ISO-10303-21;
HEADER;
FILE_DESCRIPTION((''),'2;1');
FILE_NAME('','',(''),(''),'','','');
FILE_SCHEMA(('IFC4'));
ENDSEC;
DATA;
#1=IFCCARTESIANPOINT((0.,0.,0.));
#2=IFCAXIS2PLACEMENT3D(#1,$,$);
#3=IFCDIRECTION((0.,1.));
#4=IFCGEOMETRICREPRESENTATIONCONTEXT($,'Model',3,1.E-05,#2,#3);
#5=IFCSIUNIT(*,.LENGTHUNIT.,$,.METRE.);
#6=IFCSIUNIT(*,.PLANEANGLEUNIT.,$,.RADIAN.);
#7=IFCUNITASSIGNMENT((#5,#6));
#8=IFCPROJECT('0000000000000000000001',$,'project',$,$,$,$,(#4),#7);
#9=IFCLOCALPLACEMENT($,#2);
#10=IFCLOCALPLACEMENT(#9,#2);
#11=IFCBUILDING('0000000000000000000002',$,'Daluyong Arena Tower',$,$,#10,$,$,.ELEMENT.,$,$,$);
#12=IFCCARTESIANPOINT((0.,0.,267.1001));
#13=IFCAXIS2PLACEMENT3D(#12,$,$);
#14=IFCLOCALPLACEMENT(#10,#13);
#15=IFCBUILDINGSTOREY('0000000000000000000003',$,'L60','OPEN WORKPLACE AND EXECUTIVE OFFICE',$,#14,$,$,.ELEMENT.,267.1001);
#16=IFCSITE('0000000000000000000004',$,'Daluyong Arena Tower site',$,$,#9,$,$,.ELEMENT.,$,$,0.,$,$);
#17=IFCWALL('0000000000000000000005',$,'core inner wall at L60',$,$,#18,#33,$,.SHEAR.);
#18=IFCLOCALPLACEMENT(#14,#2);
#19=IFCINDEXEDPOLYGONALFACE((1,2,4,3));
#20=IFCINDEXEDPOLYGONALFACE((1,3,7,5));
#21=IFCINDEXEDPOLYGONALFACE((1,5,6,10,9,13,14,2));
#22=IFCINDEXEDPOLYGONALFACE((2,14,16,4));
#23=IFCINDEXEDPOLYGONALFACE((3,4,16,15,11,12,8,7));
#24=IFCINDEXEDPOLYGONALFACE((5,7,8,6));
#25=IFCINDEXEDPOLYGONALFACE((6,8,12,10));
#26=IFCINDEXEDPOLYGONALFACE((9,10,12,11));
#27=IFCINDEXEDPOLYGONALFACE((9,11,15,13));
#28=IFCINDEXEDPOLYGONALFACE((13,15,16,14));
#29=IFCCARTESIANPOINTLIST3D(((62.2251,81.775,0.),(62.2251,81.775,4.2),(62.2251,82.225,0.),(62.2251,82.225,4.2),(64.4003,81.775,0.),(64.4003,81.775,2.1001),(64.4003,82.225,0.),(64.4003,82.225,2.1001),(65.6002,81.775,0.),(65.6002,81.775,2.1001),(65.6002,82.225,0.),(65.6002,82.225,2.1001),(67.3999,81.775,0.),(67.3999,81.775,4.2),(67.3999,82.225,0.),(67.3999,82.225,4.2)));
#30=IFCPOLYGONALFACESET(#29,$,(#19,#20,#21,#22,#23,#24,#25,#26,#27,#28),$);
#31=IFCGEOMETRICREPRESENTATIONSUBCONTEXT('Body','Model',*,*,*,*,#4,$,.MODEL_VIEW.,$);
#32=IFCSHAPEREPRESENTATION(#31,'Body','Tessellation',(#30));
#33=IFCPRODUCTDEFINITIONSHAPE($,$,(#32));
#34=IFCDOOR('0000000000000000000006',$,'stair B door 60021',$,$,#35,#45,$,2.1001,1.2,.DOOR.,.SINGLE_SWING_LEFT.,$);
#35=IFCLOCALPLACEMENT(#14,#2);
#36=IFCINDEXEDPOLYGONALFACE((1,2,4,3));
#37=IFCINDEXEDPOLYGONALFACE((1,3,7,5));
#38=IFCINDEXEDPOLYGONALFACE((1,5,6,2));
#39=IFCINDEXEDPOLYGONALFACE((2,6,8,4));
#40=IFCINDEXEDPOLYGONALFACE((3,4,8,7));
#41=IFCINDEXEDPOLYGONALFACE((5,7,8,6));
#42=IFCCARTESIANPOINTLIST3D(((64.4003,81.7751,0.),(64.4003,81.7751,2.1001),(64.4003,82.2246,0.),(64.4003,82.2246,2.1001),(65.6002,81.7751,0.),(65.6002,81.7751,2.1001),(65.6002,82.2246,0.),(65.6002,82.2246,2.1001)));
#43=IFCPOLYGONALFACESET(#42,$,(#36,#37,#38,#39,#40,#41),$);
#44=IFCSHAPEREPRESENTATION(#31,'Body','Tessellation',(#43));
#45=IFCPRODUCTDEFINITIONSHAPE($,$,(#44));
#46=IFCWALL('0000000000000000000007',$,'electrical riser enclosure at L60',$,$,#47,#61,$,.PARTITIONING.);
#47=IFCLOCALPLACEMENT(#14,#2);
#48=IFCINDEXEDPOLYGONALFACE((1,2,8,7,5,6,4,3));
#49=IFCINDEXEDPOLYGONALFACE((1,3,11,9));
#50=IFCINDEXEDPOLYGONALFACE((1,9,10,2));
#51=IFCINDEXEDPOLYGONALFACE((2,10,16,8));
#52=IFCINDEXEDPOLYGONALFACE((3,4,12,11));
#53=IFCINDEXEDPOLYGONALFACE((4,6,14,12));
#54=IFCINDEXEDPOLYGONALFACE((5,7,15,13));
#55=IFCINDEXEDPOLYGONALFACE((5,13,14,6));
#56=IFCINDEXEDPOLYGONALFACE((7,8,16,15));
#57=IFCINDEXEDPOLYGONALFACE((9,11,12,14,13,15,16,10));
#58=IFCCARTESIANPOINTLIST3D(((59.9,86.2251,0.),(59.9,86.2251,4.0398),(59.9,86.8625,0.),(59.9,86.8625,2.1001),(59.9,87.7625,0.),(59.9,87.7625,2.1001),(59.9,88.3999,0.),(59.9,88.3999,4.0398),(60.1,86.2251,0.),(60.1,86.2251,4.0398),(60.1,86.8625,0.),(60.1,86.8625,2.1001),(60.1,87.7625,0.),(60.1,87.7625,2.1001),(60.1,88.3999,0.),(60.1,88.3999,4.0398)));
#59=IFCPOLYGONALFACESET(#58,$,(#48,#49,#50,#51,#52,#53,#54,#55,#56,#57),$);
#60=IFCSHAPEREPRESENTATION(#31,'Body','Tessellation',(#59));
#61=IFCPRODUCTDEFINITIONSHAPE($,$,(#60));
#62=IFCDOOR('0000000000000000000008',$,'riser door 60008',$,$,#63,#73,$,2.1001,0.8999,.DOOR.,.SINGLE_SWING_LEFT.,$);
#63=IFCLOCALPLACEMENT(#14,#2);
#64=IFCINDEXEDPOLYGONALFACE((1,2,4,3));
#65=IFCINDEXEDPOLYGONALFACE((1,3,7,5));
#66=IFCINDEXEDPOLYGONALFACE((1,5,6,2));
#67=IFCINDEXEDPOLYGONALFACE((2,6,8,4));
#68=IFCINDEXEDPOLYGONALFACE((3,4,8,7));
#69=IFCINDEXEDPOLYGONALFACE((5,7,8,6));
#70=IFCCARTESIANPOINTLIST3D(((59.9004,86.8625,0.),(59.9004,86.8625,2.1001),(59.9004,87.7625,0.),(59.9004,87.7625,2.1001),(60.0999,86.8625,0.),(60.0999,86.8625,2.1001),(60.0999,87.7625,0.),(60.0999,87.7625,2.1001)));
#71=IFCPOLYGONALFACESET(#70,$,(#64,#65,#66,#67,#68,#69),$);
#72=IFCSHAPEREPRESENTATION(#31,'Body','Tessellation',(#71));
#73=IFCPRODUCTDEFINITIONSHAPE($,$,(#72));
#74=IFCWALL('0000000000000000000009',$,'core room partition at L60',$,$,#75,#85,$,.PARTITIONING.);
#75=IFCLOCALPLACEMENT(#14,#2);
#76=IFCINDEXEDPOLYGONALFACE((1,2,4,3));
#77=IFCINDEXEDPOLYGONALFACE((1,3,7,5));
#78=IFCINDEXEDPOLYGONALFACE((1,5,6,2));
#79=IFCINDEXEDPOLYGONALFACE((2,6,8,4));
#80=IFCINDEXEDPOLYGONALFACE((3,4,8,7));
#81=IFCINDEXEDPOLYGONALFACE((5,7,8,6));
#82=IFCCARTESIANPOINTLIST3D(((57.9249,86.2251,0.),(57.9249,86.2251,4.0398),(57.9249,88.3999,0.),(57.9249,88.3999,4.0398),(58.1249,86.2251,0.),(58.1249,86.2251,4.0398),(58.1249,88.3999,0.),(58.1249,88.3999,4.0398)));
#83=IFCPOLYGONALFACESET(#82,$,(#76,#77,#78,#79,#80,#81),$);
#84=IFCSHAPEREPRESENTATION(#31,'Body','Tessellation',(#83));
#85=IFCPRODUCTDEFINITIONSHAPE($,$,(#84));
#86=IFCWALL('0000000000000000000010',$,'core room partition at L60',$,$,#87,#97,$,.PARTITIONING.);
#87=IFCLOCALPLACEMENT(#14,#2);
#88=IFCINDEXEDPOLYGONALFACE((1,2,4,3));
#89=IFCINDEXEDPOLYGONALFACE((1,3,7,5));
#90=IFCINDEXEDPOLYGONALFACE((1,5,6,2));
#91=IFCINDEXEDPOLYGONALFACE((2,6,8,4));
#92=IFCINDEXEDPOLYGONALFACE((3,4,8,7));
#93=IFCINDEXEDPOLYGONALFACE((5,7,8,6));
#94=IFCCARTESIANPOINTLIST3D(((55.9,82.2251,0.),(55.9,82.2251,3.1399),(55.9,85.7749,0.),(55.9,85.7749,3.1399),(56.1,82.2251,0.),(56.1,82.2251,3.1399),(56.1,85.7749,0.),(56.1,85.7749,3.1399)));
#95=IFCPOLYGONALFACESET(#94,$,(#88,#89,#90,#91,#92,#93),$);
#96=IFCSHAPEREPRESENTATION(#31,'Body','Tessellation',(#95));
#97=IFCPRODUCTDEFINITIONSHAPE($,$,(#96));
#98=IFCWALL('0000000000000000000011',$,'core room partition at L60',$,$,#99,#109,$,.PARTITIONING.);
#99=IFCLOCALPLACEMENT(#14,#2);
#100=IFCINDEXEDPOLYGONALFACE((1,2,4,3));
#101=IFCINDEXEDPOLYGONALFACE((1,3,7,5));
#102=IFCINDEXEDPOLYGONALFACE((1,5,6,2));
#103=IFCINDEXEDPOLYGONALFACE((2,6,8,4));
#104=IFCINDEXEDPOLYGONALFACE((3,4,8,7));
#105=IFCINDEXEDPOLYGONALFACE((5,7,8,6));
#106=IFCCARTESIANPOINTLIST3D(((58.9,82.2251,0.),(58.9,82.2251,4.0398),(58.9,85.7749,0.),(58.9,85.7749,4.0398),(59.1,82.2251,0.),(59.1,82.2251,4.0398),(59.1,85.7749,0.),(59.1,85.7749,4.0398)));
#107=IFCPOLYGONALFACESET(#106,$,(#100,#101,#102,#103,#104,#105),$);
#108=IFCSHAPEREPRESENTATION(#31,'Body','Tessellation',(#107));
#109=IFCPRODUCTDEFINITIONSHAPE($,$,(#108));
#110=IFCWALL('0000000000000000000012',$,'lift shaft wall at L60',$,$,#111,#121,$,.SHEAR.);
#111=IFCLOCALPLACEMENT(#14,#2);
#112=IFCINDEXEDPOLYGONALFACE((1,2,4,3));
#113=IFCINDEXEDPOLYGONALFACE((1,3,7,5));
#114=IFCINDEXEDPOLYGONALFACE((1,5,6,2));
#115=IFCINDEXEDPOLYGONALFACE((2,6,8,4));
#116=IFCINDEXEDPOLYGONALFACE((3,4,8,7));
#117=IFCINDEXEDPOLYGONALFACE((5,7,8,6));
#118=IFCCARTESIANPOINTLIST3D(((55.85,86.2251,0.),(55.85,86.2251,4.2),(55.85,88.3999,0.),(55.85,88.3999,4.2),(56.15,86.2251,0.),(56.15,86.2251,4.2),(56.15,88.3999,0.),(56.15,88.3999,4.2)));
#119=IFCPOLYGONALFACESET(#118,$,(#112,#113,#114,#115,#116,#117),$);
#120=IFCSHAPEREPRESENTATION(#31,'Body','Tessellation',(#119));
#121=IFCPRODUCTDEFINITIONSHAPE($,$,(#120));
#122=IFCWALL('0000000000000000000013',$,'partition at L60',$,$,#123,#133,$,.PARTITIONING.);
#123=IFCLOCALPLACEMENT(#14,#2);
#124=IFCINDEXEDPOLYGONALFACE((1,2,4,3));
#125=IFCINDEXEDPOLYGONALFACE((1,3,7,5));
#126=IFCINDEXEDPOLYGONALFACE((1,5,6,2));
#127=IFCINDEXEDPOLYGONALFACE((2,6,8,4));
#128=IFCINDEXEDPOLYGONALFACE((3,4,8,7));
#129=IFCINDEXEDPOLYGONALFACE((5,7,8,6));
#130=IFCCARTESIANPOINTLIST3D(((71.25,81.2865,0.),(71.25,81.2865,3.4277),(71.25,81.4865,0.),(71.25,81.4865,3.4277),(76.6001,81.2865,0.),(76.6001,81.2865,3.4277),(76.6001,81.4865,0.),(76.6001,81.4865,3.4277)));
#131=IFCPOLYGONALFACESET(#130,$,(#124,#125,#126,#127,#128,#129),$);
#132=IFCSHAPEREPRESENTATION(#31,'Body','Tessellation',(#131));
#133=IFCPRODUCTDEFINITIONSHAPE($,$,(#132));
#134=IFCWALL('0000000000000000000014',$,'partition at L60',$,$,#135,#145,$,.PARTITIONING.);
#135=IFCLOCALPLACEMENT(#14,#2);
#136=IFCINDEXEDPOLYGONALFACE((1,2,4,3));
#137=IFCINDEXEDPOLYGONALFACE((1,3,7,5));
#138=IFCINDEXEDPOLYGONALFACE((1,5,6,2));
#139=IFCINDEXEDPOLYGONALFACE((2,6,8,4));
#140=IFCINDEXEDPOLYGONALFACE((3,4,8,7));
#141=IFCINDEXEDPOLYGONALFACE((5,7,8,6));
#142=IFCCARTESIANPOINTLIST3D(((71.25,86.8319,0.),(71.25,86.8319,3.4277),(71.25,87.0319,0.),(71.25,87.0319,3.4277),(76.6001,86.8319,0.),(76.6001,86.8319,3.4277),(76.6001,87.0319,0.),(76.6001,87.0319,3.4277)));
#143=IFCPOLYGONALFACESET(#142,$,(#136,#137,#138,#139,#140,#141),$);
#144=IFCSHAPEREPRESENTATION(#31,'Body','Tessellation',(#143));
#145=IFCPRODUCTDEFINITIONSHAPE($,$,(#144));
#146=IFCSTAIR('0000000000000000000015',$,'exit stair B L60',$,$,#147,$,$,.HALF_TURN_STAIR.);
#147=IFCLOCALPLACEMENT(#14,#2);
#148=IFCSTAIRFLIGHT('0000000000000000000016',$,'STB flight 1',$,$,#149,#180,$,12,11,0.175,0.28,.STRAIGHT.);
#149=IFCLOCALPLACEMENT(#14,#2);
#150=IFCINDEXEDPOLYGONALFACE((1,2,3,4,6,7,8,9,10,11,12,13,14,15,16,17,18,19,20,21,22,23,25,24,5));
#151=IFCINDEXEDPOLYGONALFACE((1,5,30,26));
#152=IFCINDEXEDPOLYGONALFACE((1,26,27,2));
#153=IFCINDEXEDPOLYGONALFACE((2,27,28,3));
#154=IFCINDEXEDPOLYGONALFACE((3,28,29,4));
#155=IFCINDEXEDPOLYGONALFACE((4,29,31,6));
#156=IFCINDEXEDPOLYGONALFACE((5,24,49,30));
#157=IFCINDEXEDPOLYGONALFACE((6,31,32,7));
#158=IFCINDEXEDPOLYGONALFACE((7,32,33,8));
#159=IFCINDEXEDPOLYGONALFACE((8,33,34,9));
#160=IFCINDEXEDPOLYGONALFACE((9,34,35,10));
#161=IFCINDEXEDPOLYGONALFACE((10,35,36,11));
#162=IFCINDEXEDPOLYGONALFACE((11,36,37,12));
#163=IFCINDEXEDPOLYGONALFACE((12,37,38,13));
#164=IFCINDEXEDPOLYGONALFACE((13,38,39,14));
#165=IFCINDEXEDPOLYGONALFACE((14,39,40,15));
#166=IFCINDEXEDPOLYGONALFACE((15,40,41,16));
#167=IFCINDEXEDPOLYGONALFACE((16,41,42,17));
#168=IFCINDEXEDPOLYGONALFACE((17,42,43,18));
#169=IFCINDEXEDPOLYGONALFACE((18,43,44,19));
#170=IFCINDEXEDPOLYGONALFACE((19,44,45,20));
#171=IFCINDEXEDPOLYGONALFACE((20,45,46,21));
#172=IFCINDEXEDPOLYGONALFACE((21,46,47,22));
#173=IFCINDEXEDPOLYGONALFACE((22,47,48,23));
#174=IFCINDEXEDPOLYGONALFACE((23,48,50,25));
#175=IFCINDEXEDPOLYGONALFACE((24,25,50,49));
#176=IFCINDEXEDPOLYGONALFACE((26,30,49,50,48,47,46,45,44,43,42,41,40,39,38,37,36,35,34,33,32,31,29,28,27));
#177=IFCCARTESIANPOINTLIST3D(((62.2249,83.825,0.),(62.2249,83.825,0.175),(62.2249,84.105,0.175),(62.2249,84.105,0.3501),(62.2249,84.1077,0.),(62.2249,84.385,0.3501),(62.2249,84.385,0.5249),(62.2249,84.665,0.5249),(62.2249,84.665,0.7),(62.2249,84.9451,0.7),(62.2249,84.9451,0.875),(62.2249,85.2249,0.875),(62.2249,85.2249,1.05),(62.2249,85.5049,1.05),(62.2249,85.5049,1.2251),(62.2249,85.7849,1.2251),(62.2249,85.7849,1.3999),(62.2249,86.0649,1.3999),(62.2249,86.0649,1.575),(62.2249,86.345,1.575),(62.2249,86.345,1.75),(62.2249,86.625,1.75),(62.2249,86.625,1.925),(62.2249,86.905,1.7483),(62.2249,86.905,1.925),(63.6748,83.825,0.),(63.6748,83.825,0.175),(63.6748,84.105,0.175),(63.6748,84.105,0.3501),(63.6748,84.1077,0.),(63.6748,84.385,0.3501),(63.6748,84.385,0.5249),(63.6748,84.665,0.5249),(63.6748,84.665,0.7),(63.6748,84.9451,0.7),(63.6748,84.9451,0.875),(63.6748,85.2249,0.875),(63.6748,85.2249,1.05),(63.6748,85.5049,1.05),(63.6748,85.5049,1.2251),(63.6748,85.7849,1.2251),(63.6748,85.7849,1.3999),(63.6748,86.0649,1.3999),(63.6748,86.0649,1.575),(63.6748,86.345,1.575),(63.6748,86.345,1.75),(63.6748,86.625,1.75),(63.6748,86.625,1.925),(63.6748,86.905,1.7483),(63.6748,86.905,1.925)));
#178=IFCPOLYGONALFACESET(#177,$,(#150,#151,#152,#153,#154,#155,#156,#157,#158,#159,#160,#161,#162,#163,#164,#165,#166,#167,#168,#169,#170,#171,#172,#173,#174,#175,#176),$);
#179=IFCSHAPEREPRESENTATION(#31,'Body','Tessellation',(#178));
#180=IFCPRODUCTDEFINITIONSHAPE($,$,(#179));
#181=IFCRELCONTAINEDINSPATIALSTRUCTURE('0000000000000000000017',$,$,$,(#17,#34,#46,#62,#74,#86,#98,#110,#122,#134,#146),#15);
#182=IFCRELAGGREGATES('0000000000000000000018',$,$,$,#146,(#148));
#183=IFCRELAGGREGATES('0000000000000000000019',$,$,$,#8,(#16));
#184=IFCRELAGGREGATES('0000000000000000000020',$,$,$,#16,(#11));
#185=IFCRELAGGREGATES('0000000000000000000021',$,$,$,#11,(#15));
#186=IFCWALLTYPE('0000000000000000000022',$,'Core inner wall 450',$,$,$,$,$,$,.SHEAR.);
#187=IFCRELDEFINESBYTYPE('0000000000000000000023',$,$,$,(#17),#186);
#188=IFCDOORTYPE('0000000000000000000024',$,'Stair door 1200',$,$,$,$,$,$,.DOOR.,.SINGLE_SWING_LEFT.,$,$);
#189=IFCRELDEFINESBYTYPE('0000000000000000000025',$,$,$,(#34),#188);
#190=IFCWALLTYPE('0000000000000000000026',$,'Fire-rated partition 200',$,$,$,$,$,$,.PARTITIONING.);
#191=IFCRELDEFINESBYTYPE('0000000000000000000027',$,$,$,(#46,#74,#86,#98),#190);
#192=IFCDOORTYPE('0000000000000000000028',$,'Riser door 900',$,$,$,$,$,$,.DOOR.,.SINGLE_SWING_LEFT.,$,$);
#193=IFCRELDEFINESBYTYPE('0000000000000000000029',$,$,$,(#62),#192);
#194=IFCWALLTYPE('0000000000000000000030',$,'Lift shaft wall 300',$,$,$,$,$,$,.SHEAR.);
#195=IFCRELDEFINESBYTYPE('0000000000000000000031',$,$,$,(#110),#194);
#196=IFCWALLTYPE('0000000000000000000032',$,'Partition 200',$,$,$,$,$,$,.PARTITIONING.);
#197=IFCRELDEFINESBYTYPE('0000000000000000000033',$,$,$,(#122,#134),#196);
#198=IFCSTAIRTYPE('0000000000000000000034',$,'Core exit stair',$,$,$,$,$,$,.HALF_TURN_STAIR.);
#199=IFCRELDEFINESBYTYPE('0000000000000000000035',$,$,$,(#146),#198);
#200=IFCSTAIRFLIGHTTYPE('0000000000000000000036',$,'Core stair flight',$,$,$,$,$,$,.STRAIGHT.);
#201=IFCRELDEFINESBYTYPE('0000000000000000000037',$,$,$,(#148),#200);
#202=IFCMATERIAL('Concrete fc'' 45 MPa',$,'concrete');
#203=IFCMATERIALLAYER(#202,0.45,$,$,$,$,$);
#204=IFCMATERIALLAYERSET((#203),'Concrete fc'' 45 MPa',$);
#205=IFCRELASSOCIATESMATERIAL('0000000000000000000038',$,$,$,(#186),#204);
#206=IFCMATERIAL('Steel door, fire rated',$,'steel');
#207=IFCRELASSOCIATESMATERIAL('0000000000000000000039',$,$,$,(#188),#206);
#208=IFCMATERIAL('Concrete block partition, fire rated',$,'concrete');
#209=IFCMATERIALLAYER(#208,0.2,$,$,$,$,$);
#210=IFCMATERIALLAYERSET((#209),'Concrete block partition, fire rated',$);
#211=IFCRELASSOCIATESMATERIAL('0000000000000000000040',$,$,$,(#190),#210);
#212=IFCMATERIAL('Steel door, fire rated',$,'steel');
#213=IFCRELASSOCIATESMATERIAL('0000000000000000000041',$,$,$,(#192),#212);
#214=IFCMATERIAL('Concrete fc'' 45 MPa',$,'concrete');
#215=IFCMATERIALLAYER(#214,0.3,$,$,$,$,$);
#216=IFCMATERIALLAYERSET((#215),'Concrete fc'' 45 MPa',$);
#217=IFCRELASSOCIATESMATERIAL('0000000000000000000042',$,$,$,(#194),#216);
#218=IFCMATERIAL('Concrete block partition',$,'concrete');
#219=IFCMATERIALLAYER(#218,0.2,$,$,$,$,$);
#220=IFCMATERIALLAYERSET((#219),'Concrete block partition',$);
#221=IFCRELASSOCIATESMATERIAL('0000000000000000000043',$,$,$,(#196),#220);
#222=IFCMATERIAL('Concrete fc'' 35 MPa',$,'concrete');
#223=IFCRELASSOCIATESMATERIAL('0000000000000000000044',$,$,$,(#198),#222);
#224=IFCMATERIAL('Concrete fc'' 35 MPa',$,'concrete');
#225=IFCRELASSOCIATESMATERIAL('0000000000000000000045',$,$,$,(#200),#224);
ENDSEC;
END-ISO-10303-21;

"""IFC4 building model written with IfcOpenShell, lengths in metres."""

from ifc_helpers import new_model, si_unit, direction, frame, frame_2d, origin, place, context, subcontext, project, spatial, polyline, rectangle, outline, extrude, material, layer, layer_set, type_object, element, fill, aggregate, save


model = new_model("IFC4")

# Units and contexts
model_context = context("Model", 3, precision=1e-05, world=origin(), true_north=direction((0.0, 1.0)))
body_context = subcontext(model_context, "Body", "Model", "MODEL_VIEW")
ifc_project = project(units=[si_unit("LENGTHUNIT", "METRE"), si_unit("PLANEANGLEUNIT", "RADIAN")], contexts=[model_context])

# Site, building, storey
site_placement = place(None, origin())
site = spatial("IfcSite", under=ifc_project, at=site_placement, Name="Daluyong Arena Tower site", CompositionType="ELEMENT", RefElevation=0.0)
building_placement = place(site_placement, origin())
building = spatial("IfcBuilding", under=site, at=building_placement, Name="Daluyong Arena Tower", CompositionType="ELEMENT")
storey_placement = place(building_placement, frame((0.0, 0.0, 267.1001)))
storey = spatial("IfcBuildingStorey", under=building, at=storey_placement, Name="L60", Description="OPEN WORKPLACE AND EXECUTIVE OFFICE", CompositionType="ELEMENT", Elevation=267.1001)

# Walls, openings, doors
ifc_material_1 = material(Name="Concrete fc' 45 MPa", Category="concrete")
ifc_layer_1 = layer(ifc_material_1, 0.45)
ifc_layer_set_1 = layer_set([ifc_layer_1], Name="Concrete fc' 45 MPa")
wall_type_1 = type_object("IfcWallType", Name="Core inner wall 450", PredefinedType="SHEAR", material=ifc_layer_set_1)
wall_1_placement = place(storey_placement, frame((62.2251, 82.0, 0.0), z_axis=(0.0, 0.0, 1.0), x_axis=(1.0, 0.0, 0.0)))
wall_1 = element("IfcWall", 1, at=wall_1_placement, inside=storey, type_object=wall_type_1, Name="core inner wall at L60", PredefinedType="SHEAR", context=body_context, shape_type="SweptSolid", body=[
    extrude(rectangle(XDim=5.1748, YDim=0.45, at=frame_2d((2.5874, 0.0))), origin(), (0.0, 0.0, 1.0), 4.2),
])
opening_1_placement = place(wall_1_placement, frame((2.175, 0.0, 0.0)))
opening_1 = element("IfcOpeningElement", 2, at=opening_1_placement, cuts=wall_1, PredefinedType="OPENING", context=body_context, shape_type="SweptSolid", body=[
    extrude(rectangle(XDim=1.2, YDim=2.1001, at=frame_2d((0.6001, 1.05))), frame((0.0, 0.2349, 0.0), z_axis=(0.0, -1.0, 0.0), x_axis=(1.0, 0.0, 0.0)), (0.0, 0.0, 1.0), 0.47),
])
ifc_material_2 = material(Name="Steel door, fire rated", Category="steel")
door_type_1 = type_object("IfcDoorType", Name="Stair door 1200", OperationType="SINGLE_SWING_LEFT", PredefinedType="DOOR", material=ifc_material_2)
door_1_placement = place(opening_1_placement, origin())
door_1 = element("IfcDoor", 3, at=door_1_placement, inside=storey, type_object=door_type_1, Name="stair B door 60021", OperationType="SINGLE_SWING_LEFT", OverallHeight=2.1001, OverallWidth=1.2, PredefinedType="DOOR", context=body_context, shape_type="SweptSolid", body=[
    extrude(rectangle(XDim=1.2, YDim=2.1001, at=frame_2d((0.6001, 1.05))), frame((0.0, 0.2246, 0.0), z_axis=(0.0, -1.0, 0.0), x_axis=(1.0, 0.0, 0.0)), (0.0, 0.0, 1.0), 0.4495),
])
fill(opening_1, door_1)
ifc_material_3 = material(Name="Concrete block partition, fire rated", Category="concrete")
ifc_layer_2 = layer(ifc_material_3, 0.2)
ifc_layer_set_2 = layer_set([ifc_layer_2], Name="Concrete block partition, fire rated")
wall_type_2 = type_object("IfcWallType", Name="Fire-rated partition 200", PredefinedType="PARTITIONING", material=ifc_layer_set_2)
wall_2_placement = place(storey_placement, frame((60.0, 86.2251, 0.0), z_axis=(0.0, 0.0, 1.0), x_axis=(0.0, 1.0, 0.0)))
wall_2 = element("IfcWall", 4, at=wall_2_placement, inside=storey, type_object=wall_type_2, Name="electrical riser enclosure at L60", PredefinedType="PARTITIONING", context=body_context, shape_type="SweptSolid", body=[
    extrude(rectangle(XDim=2.1748, YDim=0.2, at=frame_2d((1.0874, 0.0))), origin(), (0.0, 0.0, 1.0), 4.0398),
])
opening_2_placement = place(wall_2_placement, frame((0.6375, 0.0, 0.0)))
opening_2 = element("IfcOpeningElement", 5, at=opening_2_placement, cuts=wall_2, PredefinedType="OPENING", context=body_context, shape_type="SweptSolid", body=[
    extrude(rectangle(XDim=0.8999, YDim=2.1001, at=frame_2d((0.45, 1.05))), frame((0.0, 0.1099, 0.0), z_axis=(0.0, -1.0, 0.0), x_axis=(1.0, 0.0, 0.0)), (0.0, 0.0, 1.0), 0.22),
])
ifc_material_4 = material(Name="Steel door, fire rated", Category="steel")
door_type_2 = type_object("IfcDoorType", Name="Riser door 900", OperationType="SINGLE_SWING_LEFT", PredefinedType="DOOR", material=ifc_material_4)
door_2_placement = place(opening_2_placement, origin())
door_2 = element("IfcDoor", 6, at=door_2_placement, inside=storey, type_object=door_type_2, Name="riser door 60008", OperationType="SINGLE_SWING_LEFT", OverallHeight=2.1001, OverallWidth=0.8999, PredefinedType="DOOR", context=body_context, shape_type="SweptSolid", body=[
    extrude(rectangle(XDim=0.8999, YDim=2.1001, at=frame_2d((0.45, 1.05))), frame((0.0, 0.0996, 0.0), z_axis=(0.0, -1.0, 0.0), x_axis=(1.0, 0.0, 0.0)), (0.0, 0.0, 1.0), 0.1995),
])
fill(opening_2, door_2)

# Walls
wall_3_placement = place(storey_placement, frame((58.0249, 86.2251, 0.0), z_axis=(0.0, 0.0, 1.0), x_axis=(0.0, 1.0, 0.0)))
element("IfcWall", 7, at=wall_3_placement, inside=storey, type_object=wall_type_2, Name="core room partition at L60", PredefinedType="PARTITIONING", context=body_context, shape_type="SweptSolid", body=[
    extrude(rectangle(XDim=2.1748, YDim=0.2, at=frame_2d((1.0874, 0.0))), origin(), (0.0, 0.0, 1.0), 4.0398),
])
wall_4_placement = place(storey_placement, frame((56.0, 82.2251, 0.0), z_axis=(0.0, 0.0, 1.0), x_axis=(0.0, 1.0, 0.0)))
element("IfcWall", 8, at=wall_4_placement, inside=storey, type_object=wall_type_2, Name="core room partition at L60", PredefinedType="PARTITIONING", context=body_context, shape_type="SweptSolid", body=[
    extrude(rectangle(XDim=3.5498, YDim=0.2, at=frame_2d((1.7749, 0.0))), origin(), (0.0, 0.0, 1.0), 3.1399),
])
wall_5_placement = place(storey_placement, frame((59.0, 82.2251, 0.0), z_axis=(0.0, 0.0, 1.0), x_axis=(0.0, 1.0, 0.0)))
element("IfcWall", 9, at=wall_5_placement, inside=storey, type_object=wall_type_2, Name="core room partition at L60", PredefinedType="PARTITIONING", context=body_context, shape_type="SweptSolid", body=[
    extrude(rectangle(XDim=3.5498, YDim=0.2, at=frame_2d((1.7749, 0.0))), origin(), (0.0, 0.0, 1.0), 4.0398),
])
ifc_material_5 = material(Name="Concrete fc' 45 MPa", Category="concrete")
ifc_layer_3 = layer(ifc_material_5, 0.3)
ifc_layer_set_3 = layer_set([ifc_layer_3], Name="Concrete fc' 45 MPa")
wall_type_3 = type_object("IfcWallType", Name="Lift shaft wall 300", PredefinedType="SHEAR", material=ifc_layer_set_3)
wall_6_placement = place(storey_placement, frame((56.0, 86.2251, 0.0), z_axis=(0.0, 0.0, 1.0), x_axis=(0.0, 1.0, 0.0)))
element("IfcWall", 10, at=wall_6_placement, inside=storey, type_object=wall_type_3, Name="lift shaft wall at L60", PredefinedType="SHEAR", context=body_context, shape_type="SweptSolid", body=[
    extrude(rectangle(XDim=2.1748, YDim=0.3, at=frame_2d((1.0874, 0.0))), origin(), (0.0, 0.0, 1.0), 4.2),
])
ifc_material_6 = material(Name="Concrete block partition", Category="concrete")
ifc_layer_4 = layer(ifc_material_6, 0.2)
ifc_layer_set_4 = layer_set([ifc_layer_4], Name="Concrete block partition")
wall_type_4 = type_object("IfcWallType", Name="Partition 200", PredefinedType="PARTITIONING", material=ifc_layer_set_4)
for number, where, z_axis, x_axis, name in (
    (11, (71.25, 81.3865, 0.0), (0.0, 0.0, 1.0), (1.0, 0.0, 0.0), "partition at L60"),
    (12, (71.25, 86.9319, 0.0), (0.0, 0.0, 1.0), (1.0, 0.0, 0.0), "partition at L60"),
):
    element("IfcWall", number, at=place(storey_placement, frame(where, z_axis=z_axis, x_axis=x_axis)), inside=storey, type_object=wall_type_4, Name=name, PredefinedType="PARTITIONING", context=body_context, shape_type="SweptSolid", body=[
        extrude(rectangle(XDim=5.3501, YDim=0.2, at=frame_2d((2.675, 0.0))), origin(), (0.0, 0.0, 1.0), 3.4277),
    ])

# Stair, stair flight
ifc_material_7 = material(Name="Concrete fc' 35 MPa", Category="concrete")
stair_type = type_object("IfcStairType", Name="Core exit stair", PredefinedType="HALF_TURN_STAIR", material=ifc_material_7)
stair_placement = place(storey_placement, origin())
stair = element("IfcStair", 13, at=stair_placement, inside=storey, type_object=stair_type, Name="exit stair B L60", PredefinedType="HALF_TURN_STAIR")
ifc_material_8 = material(Name="Concrete fc' 35 MPa", Category="concrete")
stair_flight_type = type_object("IfcStairFlightType", Name="Core stair flight", PredefinedType="STRAIGHT", material=ifc_material_8)
stair_flight_1_placement = place(storey_placement, frame((62.95, 83.825, 0.0), z_axis=(0.0, 0.0, 1.0), x_axis=(0.0, 1.0, 0.0)))
stair_flight_1 = element("IfcStairFlight", 14, at=stair_flight_1_placement, type_object=stair_flight_type, Name="STB flight 1", NumberOfRisers=12, NumberOfTreads=11, PredefinedType="STRAIGHT", RiserHeight=0.175, TreadLength=0.28, context=body_context, shape_type="SweptSolid", body=[
    extrude(outline(polyline([(0.0, 0.0), (0.0, 0.175), (0.28, 0.175), (0.28, 0.3501), (0.5601, 0.3501), (0.5601, 0.5249), (0.8401, 0.5249), (0.8401, 0.7), (1.1201, 0.7), (1.1201, 0.875), (1.3999, 0.875), (1.3999, 1.05), (1.6799, 1.05), (1.6799, 1.2251), (1.96, 1.2251), (1.96, 1.3999), (2.24, 1.3999), (2.24, 1.575), (2.52, 1.575), (2.52, 1.75), (2.8, 1.75), (2.8, 1.925), (3.0801, 1.925), (3.0801, 2.1001), (3.0801, 1.7483), (0.2827, 0.0), (0.0, 0.0)])), frame((0.0, 0.7251, 0.0), z_axis=(0.0, -1.0, 0.0), x_axis=(1.0, 0.0, 0.0)), (0.0, 0.0, 1.0), 1.45),
])
aggregate(stair, [stair_flight_1])

save(model, "model.ifc")
